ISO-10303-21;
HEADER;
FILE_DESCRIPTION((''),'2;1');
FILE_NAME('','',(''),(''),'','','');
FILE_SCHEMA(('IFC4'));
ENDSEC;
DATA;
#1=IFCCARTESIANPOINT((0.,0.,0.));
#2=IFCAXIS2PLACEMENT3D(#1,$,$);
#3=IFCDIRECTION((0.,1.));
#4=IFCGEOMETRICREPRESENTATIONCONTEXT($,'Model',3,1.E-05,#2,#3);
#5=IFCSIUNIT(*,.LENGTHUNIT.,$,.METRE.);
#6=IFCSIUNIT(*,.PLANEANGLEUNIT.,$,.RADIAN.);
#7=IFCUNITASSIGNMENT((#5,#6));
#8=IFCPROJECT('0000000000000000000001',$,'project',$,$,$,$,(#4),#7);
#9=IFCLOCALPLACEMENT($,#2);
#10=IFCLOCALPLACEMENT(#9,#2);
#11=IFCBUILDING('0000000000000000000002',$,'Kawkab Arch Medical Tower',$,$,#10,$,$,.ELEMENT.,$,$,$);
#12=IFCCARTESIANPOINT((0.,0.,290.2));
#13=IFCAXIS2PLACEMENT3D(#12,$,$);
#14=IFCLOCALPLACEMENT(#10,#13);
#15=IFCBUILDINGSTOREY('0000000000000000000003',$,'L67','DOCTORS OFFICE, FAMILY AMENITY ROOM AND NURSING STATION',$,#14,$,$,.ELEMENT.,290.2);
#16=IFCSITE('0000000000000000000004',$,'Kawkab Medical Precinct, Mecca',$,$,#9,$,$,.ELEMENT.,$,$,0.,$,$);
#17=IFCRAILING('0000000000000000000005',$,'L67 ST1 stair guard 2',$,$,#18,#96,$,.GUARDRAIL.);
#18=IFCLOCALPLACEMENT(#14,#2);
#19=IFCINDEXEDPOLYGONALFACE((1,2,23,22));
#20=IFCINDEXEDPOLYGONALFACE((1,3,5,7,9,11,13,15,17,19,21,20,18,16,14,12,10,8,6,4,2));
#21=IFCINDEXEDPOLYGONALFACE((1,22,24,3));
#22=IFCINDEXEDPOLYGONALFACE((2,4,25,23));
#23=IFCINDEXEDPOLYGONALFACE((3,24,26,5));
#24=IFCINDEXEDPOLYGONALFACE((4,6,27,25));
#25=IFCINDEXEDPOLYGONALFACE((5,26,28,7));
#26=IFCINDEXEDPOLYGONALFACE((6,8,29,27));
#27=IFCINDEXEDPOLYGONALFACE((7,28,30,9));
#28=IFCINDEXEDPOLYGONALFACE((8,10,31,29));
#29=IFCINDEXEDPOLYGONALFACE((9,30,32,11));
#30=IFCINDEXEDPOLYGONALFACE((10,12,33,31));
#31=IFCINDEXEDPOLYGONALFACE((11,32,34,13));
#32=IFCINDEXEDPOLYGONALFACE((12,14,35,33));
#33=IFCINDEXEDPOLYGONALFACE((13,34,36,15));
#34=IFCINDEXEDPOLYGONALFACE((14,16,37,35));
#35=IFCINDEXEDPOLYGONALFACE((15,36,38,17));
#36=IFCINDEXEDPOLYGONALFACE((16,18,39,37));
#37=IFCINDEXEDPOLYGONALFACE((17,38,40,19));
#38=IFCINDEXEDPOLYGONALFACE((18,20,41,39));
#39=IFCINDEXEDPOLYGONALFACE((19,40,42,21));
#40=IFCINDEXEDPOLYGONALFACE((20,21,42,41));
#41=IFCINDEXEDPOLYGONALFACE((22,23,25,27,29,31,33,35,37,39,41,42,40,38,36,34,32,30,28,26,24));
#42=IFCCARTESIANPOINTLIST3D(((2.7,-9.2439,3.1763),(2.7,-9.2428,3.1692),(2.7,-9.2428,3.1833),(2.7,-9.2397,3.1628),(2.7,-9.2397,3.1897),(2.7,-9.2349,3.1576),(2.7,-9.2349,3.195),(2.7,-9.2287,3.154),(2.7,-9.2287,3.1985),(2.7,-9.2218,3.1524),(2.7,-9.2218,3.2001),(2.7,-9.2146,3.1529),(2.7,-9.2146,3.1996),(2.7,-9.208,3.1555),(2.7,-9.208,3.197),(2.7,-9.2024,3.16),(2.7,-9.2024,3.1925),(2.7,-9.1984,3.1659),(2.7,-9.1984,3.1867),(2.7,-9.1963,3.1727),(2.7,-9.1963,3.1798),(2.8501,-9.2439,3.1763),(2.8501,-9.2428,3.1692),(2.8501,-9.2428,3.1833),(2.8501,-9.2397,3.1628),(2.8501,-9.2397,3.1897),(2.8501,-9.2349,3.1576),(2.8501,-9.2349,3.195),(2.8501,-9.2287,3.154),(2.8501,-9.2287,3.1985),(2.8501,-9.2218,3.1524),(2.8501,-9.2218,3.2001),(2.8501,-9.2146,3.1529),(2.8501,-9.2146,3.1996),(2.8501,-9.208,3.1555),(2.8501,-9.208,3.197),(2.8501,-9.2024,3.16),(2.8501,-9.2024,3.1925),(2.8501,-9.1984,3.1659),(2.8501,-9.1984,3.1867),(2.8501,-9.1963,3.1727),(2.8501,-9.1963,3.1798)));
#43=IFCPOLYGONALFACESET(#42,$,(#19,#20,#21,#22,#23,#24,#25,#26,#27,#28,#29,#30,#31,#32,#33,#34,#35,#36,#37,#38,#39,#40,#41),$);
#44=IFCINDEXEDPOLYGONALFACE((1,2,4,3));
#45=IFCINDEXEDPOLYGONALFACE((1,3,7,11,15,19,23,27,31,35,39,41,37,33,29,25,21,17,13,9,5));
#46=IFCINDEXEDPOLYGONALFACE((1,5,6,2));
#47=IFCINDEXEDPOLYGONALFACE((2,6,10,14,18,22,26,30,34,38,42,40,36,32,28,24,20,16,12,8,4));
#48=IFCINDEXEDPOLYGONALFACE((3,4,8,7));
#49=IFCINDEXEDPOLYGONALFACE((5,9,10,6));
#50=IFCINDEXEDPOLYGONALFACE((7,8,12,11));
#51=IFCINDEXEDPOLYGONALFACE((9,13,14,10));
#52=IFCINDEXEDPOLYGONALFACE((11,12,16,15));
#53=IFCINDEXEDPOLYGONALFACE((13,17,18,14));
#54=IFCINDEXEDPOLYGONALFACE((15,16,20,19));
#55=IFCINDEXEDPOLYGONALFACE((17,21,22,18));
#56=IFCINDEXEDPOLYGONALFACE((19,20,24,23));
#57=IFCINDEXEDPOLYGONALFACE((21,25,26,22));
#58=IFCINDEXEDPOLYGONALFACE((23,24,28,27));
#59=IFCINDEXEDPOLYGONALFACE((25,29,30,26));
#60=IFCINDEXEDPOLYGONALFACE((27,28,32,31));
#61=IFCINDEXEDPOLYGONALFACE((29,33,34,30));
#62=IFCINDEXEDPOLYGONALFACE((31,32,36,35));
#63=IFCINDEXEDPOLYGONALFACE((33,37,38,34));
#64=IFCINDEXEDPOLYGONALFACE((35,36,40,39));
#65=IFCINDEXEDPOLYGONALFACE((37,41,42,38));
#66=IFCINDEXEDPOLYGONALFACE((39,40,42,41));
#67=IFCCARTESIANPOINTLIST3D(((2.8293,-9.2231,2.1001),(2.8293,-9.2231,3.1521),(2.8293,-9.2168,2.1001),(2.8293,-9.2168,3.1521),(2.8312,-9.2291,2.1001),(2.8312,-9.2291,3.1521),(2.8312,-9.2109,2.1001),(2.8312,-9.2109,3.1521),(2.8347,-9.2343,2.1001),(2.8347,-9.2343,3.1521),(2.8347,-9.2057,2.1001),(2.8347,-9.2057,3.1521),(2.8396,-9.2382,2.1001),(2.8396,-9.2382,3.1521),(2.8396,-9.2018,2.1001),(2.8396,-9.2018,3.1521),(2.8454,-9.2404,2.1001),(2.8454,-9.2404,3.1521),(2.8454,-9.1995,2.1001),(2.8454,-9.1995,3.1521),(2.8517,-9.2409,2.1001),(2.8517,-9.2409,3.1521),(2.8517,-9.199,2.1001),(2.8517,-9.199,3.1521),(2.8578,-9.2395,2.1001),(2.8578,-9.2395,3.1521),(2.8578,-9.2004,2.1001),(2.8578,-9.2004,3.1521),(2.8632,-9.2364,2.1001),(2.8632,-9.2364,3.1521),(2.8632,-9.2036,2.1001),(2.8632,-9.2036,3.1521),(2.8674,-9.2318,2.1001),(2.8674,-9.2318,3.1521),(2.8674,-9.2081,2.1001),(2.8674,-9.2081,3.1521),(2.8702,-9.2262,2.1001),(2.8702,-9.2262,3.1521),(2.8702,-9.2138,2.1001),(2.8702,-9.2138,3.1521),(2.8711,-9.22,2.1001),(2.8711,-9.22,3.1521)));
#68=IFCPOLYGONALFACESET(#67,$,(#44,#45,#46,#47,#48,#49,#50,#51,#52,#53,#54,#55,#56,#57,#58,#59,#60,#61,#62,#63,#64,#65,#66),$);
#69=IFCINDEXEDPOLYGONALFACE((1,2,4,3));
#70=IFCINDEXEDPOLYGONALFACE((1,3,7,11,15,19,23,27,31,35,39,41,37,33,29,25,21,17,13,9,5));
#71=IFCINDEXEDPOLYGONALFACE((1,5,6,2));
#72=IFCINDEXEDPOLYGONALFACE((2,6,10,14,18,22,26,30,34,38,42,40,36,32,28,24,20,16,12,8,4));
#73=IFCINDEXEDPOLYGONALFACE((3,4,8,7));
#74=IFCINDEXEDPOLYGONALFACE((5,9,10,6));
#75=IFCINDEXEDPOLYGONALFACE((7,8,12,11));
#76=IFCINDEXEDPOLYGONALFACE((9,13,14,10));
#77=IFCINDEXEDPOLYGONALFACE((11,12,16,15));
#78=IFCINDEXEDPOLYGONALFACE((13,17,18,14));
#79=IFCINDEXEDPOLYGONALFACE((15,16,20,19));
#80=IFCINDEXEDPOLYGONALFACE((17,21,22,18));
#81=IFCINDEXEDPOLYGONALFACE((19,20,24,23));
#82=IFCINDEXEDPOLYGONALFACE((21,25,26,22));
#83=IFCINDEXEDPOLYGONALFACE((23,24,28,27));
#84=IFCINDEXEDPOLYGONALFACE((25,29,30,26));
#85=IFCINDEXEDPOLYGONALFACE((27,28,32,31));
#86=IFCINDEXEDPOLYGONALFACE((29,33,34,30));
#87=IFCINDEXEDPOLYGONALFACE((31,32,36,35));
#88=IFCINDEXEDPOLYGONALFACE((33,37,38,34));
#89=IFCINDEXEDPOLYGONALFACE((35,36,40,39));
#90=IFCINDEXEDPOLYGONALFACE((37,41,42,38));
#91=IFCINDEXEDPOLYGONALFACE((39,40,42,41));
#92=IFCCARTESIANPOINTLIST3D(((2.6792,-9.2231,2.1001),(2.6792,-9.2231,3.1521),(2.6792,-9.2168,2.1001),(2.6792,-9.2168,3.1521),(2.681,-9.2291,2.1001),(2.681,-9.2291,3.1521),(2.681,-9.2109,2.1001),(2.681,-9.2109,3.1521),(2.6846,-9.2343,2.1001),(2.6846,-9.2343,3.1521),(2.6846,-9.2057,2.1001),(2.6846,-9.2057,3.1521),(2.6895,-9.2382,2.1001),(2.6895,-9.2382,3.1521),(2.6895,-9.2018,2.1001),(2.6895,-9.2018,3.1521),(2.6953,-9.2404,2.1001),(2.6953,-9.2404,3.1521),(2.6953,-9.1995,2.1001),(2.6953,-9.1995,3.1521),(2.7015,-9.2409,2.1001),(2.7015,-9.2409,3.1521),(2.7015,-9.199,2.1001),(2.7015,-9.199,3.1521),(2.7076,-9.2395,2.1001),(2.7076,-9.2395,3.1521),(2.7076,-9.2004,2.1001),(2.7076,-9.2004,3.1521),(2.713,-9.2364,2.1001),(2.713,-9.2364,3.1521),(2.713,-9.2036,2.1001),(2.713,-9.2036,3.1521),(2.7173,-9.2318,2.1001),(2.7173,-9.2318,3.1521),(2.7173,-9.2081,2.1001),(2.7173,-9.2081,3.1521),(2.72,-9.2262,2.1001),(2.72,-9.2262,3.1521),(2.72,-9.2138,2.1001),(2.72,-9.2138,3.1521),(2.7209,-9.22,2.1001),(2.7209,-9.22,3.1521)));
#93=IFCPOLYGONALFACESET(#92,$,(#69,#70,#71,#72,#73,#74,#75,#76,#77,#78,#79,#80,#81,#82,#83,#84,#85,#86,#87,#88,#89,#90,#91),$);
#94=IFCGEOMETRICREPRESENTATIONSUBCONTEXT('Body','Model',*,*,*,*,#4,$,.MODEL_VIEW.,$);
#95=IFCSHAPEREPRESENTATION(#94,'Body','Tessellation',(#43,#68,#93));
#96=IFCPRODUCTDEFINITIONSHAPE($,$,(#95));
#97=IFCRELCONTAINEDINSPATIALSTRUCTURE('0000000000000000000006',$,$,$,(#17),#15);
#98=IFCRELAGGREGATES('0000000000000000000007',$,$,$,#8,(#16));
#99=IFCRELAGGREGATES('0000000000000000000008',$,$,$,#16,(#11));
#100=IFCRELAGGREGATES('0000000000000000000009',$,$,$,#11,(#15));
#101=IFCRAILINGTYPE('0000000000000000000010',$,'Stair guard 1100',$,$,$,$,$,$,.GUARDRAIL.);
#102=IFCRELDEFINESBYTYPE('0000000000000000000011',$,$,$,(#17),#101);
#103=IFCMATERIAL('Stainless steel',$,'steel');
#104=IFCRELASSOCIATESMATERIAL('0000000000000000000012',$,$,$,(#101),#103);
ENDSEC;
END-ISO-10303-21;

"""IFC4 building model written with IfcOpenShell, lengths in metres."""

from ifc_helpers import new_model, si_unit, direction, frame, origin, origin_2d, place, context, subcontext, project, spatial, circle, extrude, material, type_object, element, save


model = new_model("IFC4")

# Units and contexts
model_context = context("Model", 3, precision=1e-05, world=origin(), true_north=direction((0.0, 1.0)))
body_context = subcontext(model_context, "Body", "Model", "MODEL_VIEW")
ifc_project = project(units=[si_unit("LENGTHUNIT", "METRE"), si_unit("PLANEANGLEUNIT", "RADIAN")], contexts=[model_context])

# Site, building, storey
site_placement = place(None, origin())
site = spatial("IfcSite", under=ifc_project, at=site_placement, Name="Kawkab Medical Precinct, Mecca", CompositionType="ELEMENT", RefElevation=0.0)
building_placement = place(site_placement, origin())
building = spatial("IfcBuilding", under=site, at=building_placement, Name="Kawkab Arch Medical Tower", CompositionType="ELEMENT")
storey_placement = place(building_placement, frame((0.0, 0.0, 290.2)))
storey = spatial("IfcBuildingStorey", under=building, at=storey_placement, Name="L67", Description="DOCTORS OFFICE, FAMILY AMENITY ROOM AND NURSING STATION", CompositionType="ELEMENT", Elevation=290.2)

# Railing
ifc_material_1 = material(Name="Stainless steel", Category="steel")
railing_type = type_object("IfcRailingType", Name="Stair guard 1100", PredefinedType="GUARDRAIL", material=ifc_material_1)
railing_1_placement = place(storey_placement, frame((2.8501, -9.22, 2.1001)))
element("IfcRailing", 1, at=railing_1_placement, inside=storey, type_object=railing_type, Name="L67 ST1 stair guard 2", PredefinedType="GUARDRAIL", context=body_context, shape_type="SweptSolid", body=[
    extrude(circle(Radius=0.0239, at=origin_2d()), frame((0.0, 0.0, 1.0762), z_axis=(-1.0, 0.0, 0.0), x_axis=(0.0, -1.0, 0.0)), (0.0, 0.0, 1.0), 0.1501),
    extrude(circle(Radius=0.021, at=origin_2d()), origin(), (0.0, 0.0, 1.0), 1.052),
    extrude(circle(Radius=0.021, at=origin_2d()), frame((-0.1501, 0.0, 0.0)), (0.0, 0.0, 1.0), 1.052),
])

save(model, "model.ifc")
